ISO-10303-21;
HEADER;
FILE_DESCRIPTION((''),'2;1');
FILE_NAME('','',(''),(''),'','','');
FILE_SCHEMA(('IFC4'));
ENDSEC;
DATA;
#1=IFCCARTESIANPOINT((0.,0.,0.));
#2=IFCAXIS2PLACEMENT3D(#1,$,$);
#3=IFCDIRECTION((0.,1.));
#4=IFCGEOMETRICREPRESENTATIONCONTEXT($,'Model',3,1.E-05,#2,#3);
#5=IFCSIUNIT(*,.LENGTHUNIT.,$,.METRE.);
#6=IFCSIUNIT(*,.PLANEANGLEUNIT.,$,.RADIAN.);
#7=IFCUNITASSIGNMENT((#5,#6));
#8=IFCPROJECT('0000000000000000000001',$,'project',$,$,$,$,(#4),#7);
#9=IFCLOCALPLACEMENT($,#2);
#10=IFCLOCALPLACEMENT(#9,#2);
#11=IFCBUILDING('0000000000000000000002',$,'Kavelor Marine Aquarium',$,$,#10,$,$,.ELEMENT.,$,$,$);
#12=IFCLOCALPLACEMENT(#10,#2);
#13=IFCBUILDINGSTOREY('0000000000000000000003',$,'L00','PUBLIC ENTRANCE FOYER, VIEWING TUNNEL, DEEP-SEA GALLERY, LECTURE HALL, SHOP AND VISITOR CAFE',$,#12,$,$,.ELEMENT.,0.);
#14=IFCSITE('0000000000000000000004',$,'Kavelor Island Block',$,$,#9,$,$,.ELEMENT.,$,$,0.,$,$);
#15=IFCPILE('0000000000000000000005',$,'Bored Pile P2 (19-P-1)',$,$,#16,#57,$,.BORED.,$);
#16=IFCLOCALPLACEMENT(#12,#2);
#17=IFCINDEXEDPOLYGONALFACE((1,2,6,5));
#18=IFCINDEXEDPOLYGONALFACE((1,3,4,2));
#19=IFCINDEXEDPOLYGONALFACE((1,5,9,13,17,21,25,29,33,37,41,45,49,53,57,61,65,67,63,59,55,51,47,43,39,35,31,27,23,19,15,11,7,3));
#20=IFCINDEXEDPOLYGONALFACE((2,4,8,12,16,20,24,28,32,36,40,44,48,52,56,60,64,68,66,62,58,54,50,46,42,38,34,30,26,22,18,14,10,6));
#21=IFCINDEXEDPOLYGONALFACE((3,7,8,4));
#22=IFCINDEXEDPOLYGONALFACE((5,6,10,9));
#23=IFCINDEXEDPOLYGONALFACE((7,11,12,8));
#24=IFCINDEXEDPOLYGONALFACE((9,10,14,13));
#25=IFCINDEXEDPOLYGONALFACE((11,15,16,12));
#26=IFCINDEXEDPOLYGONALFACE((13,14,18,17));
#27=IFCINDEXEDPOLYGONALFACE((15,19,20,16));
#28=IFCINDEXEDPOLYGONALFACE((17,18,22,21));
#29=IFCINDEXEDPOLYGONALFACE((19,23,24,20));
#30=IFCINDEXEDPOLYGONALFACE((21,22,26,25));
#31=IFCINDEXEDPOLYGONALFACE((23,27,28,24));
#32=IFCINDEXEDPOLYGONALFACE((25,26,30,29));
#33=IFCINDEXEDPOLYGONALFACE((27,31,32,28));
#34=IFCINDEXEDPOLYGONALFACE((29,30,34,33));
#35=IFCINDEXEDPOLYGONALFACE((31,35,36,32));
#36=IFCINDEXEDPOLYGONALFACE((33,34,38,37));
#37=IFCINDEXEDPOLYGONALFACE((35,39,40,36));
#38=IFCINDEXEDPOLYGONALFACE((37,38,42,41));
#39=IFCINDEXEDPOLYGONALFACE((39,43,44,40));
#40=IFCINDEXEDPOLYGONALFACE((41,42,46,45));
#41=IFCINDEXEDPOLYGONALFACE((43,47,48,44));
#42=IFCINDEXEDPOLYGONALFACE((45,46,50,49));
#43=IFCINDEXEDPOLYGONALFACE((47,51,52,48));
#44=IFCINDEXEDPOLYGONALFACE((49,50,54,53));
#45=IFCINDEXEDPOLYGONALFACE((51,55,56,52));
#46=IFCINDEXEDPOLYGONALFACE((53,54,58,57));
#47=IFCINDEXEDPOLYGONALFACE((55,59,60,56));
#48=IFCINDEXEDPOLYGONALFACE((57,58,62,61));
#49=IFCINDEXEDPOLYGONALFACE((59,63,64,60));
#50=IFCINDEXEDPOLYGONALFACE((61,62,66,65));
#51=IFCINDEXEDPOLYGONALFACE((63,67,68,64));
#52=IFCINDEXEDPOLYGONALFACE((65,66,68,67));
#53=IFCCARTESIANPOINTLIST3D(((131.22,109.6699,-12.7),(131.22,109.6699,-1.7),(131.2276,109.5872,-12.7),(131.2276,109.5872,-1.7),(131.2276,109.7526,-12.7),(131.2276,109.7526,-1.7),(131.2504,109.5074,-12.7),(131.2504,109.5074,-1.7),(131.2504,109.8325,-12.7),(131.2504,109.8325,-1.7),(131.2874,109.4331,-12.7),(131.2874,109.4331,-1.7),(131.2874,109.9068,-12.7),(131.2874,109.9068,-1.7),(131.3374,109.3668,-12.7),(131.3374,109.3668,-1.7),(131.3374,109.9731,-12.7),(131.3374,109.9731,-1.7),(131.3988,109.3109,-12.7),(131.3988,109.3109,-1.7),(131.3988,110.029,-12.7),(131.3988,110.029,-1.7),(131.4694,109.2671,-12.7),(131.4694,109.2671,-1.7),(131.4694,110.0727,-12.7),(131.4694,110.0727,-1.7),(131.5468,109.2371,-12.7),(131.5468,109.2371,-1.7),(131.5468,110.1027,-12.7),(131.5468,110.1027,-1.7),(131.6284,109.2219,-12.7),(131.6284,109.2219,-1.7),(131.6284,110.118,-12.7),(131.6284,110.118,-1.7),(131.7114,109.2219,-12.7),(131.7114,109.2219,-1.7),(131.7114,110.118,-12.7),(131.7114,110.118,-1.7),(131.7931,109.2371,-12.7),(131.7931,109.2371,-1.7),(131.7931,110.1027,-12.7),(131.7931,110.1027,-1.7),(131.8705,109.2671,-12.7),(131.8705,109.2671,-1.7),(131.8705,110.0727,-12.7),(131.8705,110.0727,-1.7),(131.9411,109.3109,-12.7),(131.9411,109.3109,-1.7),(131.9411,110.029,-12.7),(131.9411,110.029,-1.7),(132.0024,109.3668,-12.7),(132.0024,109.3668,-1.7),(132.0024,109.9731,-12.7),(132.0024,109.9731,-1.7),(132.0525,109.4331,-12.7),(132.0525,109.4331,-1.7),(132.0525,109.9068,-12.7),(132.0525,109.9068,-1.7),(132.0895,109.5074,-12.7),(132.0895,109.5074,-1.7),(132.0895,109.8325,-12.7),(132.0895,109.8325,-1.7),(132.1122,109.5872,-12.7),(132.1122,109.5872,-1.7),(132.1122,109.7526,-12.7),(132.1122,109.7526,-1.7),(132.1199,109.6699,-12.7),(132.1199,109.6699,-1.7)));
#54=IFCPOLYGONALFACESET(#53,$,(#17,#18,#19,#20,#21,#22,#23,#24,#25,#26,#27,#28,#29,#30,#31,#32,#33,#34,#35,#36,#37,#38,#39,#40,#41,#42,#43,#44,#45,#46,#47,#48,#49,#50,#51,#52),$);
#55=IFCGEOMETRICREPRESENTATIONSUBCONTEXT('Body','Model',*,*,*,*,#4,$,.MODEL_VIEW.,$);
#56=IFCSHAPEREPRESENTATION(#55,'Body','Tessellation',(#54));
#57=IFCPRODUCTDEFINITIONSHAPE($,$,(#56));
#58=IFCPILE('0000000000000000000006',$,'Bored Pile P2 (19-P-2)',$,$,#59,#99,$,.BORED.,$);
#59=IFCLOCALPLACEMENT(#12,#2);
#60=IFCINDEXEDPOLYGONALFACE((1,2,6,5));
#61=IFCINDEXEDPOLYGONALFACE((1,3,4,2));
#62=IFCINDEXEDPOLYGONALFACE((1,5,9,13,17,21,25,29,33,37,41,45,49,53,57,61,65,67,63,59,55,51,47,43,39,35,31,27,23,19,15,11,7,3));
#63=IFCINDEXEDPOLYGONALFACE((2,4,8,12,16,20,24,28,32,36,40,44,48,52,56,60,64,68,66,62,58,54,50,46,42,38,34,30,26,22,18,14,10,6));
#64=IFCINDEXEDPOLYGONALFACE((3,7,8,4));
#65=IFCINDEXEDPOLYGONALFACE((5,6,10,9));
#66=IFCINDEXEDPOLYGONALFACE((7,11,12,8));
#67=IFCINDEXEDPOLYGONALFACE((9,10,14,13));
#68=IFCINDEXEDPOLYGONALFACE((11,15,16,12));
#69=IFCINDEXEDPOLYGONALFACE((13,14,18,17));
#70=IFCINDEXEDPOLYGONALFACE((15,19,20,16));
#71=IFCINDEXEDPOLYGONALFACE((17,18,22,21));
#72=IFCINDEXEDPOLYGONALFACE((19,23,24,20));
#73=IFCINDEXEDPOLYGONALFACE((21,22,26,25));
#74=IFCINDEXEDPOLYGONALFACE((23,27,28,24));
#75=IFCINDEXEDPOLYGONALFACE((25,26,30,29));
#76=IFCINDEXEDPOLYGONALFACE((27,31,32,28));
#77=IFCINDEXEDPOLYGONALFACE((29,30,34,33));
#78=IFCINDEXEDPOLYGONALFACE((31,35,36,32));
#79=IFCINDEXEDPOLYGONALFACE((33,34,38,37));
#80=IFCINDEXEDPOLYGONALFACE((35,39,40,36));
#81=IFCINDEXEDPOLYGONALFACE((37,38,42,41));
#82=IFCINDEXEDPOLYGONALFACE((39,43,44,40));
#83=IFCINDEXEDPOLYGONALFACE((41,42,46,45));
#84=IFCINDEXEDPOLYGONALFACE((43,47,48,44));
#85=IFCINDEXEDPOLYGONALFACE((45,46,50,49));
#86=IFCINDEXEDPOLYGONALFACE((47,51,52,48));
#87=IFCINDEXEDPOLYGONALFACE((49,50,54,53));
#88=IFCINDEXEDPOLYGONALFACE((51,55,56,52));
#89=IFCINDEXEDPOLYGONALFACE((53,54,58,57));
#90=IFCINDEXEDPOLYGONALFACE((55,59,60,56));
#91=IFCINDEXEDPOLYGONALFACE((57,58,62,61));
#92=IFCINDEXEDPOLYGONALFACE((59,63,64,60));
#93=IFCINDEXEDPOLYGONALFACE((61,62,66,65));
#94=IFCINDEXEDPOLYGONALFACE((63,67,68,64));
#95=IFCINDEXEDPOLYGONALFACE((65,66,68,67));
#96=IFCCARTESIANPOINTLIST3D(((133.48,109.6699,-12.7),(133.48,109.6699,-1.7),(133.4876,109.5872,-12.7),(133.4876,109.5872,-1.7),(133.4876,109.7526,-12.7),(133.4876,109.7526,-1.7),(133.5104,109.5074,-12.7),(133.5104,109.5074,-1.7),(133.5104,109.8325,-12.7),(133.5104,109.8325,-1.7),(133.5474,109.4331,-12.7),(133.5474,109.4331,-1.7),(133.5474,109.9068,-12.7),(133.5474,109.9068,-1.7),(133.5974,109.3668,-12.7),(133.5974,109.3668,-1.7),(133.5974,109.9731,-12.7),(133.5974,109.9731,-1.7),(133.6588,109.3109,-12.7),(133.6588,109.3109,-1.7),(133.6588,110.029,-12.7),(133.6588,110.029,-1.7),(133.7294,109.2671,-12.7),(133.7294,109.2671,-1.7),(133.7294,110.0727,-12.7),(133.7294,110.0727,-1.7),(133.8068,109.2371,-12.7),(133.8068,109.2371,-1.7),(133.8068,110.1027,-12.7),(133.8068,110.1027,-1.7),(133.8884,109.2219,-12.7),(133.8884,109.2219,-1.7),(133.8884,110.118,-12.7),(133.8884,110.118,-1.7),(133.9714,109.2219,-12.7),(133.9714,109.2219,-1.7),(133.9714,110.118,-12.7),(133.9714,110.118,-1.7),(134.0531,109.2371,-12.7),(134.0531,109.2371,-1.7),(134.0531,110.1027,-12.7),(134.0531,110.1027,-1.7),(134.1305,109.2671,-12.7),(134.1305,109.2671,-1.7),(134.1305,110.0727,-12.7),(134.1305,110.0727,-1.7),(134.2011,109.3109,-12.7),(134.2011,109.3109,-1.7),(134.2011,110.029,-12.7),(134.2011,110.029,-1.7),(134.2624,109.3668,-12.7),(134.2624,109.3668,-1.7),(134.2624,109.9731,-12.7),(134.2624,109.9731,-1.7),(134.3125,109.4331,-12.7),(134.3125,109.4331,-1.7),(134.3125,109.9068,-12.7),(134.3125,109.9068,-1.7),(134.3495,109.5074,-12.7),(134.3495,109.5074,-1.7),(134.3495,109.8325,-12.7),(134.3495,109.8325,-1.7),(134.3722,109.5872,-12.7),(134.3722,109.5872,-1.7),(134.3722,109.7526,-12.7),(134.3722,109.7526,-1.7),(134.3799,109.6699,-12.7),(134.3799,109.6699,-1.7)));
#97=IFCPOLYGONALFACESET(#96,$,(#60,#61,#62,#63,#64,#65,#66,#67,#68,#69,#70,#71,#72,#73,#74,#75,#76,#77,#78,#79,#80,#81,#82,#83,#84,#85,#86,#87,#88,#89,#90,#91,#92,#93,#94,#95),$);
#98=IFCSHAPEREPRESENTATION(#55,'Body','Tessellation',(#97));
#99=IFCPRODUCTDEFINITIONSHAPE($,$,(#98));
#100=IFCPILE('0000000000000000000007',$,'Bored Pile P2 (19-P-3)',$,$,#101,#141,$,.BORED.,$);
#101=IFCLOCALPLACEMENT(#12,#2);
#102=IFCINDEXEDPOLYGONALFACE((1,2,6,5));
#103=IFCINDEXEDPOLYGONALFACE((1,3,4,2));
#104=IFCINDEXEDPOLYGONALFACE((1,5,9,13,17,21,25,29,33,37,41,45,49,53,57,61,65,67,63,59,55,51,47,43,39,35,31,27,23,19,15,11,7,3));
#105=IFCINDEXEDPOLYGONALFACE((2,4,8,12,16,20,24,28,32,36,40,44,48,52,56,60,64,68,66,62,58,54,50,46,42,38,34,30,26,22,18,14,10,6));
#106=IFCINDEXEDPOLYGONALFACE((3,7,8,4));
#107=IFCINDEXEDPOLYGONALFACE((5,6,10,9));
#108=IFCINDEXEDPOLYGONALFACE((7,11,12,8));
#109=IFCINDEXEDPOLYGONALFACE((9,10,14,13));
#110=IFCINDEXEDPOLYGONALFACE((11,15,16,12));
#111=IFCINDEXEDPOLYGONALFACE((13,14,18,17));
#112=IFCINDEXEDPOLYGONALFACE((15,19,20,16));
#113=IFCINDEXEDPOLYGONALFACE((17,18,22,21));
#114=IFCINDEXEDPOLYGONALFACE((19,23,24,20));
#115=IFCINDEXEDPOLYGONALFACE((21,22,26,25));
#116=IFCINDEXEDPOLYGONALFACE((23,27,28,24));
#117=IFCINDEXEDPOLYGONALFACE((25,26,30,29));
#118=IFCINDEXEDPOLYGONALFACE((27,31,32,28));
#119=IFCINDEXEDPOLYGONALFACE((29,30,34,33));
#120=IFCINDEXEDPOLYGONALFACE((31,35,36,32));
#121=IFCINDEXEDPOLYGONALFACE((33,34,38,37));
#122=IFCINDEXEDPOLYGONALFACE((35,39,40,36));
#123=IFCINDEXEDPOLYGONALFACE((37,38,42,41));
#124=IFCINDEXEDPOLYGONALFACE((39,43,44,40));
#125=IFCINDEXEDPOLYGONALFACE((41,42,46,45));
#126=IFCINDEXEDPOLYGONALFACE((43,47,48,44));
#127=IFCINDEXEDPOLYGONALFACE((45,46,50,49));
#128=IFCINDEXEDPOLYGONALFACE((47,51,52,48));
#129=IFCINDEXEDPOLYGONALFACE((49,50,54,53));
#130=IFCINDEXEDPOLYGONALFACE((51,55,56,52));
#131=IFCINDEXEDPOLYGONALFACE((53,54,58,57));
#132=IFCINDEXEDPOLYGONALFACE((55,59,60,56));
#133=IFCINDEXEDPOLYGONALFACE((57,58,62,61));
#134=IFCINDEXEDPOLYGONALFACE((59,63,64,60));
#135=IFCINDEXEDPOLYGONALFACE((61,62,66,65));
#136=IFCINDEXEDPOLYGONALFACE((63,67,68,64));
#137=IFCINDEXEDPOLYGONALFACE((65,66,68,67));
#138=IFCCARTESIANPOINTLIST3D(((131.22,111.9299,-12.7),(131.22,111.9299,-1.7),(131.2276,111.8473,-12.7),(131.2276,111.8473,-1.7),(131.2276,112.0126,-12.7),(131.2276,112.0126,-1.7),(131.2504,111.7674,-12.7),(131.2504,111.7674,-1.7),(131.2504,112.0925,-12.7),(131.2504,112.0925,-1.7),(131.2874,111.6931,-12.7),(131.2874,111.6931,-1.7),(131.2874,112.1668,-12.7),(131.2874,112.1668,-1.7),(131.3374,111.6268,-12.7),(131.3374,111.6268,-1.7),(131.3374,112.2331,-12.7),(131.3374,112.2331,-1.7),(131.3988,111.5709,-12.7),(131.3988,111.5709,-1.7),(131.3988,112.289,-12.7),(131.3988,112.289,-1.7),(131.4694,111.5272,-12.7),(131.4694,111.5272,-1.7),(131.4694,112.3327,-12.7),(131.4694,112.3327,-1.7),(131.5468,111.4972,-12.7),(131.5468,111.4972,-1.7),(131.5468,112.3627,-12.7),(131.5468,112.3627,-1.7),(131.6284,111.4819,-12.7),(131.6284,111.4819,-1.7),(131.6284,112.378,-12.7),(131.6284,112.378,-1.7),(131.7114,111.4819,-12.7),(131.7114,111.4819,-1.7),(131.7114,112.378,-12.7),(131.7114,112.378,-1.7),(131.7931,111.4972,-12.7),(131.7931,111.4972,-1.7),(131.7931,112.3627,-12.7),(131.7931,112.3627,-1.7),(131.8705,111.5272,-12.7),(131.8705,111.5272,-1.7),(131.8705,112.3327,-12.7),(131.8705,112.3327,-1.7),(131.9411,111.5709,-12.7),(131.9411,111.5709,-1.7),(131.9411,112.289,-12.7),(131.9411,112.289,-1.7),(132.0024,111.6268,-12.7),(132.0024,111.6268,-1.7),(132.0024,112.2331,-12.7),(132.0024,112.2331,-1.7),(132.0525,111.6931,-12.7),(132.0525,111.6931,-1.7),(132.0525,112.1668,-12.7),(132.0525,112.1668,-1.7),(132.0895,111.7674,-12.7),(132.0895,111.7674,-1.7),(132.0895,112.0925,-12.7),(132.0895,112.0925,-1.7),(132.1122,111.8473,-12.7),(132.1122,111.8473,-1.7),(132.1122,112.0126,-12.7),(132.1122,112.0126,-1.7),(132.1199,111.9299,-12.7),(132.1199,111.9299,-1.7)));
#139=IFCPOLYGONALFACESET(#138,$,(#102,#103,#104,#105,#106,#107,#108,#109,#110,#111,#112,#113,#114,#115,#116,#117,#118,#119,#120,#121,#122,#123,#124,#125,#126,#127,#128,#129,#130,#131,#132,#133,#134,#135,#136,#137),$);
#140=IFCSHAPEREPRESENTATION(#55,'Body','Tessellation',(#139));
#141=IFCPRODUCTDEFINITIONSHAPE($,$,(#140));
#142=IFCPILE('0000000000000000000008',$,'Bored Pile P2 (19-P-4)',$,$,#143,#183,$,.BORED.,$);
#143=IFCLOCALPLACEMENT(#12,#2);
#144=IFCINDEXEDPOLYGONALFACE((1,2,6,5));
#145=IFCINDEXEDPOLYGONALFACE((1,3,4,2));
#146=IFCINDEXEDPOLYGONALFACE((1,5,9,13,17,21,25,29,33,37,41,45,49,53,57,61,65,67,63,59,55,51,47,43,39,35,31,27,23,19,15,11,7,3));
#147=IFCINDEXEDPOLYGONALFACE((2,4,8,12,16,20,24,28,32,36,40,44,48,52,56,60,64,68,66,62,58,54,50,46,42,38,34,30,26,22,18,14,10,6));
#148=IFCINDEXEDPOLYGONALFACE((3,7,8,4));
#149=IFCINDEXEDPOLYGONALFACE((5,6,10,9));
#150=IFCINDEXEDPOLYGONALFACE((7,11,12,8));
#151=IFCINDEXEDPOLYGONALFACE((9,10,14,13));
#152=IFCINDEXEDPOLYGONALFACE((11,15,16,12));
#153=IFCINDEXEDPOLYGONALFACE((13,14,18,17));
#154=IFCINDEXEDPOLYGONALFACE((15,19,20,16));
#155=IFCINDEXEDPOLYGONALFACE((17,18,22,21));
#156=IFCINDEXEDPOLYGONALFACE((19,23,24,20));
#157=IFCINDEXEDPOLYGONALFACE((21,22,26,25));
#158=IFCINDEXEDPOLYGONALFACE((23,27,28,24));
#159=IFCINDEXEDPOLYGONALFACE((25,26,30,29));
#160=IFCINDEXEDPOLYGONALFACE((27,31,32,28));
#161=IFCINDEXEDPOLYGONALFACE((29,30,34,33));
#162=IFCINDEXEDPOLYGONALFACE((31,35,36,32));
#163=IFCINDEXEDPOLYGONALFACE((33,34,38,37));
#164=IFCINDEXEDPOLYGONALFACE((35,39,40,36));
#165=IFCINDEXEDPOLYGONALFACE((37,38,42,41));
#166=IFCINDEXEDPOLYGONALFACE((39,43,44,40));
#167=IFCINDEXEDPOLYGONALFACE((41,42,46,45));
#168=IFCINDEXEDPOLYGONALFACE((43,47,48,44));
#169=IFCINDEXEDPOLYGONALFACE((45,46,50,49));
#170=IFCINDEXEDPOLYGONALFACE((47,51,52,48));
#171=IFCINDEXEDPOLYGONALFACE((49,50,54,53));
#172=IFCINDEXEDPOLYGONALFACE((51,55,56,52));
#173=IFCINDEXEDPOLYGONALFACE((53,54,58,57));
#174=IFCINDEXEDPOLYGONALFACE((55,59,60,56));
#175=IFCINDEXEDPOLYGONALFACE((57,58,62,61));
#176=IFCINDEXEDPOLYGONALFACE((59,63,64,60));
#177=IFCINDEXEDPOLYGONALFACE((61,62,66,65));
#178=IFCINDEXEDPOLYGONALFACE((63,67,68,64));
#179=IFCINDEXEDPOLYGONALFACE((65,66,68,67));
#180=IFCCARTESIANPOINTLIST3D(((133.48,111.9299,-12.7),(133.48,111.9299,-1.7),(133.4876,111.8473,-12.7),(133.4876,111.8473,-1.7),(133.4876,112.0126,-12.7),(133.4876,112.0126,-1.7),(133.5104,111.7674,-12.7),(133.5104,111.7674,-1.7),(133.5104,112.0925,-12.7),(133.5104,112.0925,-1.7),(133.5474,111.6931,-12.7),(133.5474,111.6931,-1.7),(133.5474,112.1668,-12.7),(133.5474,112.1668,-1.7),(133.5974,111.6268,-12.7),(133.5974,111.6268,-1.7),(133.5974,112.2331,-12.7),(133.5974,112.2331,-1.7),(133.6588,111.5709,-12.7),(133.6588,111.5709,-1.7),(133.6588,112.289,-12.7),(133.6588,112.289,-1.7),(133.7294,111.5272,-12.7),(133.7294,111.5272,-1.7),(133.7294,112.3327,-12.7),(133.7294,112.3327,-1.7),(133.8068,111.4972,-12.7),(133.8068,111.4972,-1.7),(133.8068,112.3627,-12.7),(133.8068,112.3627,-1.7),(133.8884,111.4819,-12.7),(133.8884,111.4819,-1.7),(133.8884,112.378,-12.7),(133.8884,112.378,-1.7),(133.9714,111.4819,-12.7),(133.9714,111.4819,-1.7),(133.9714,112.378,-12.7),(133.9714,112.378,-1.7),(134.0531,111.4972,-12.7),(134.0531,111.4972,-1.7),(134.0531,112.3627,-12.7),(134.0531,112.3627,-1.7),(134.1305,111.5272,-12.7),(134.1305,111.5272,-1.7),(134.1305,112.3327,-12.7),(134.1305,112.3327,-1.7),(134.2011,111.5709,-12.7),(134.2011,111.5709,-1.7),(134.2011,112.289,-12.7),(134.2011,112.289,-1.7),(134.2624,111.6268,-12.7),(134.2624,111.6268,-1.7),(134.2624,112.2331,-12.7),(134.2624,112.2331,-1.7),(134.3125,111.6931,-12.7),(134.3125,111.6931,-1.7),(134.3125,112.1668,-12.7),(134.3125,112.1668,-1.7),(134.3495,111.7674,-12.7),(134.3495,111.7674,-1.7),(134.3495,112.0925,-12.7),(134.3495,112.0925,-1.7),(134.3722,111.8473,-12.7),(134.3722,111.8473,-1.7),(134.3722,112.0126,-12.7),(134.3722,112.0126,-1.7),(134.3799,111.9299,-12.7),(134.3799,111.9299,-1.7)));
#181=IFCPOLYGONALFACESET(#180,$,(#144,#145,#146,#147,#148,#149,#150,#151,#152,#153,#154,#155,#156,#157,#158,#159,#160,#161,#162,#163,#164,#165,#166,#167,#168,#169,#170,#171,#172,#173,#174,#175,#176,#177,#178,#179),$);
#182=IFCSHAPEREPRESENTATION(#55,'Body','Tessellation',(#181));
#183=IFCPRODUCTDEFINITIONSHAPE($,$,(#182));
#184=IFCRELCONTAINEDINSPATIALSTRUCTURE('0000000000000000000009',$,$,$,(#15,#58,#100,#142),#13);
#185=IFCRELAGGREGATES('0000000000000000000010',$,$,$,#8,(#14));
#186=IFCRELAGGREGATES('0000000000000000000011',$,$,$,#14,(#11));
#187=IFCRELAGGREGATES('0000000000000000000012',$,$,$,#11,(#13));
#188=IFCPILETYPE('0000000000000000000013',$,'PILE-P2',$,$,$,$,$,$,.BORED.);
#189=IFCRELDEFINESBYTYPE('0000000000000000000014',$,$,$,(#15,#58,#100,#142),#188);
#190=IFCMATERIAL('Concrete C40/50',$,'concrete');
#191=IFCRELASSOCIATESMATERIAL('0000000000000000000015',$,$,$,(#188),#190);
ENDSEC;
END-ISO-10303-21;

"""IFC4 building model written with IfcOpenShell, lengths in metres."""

from ifc_helpers import new_model, si_unit, direction, frame, origin, origin_2d, place, context, subcontext, project, spatial, circle, extrude, material, material_profile, profile_set, type_object, element, save


model = new_model("IFC4")

# Units and contexts
model_context = context("Model", 3, precision=1e-05, world=origin(), true_north=direction((0.0, 1.0)))
body_context = subcontext(model_context, "Body", "Model", "MODEL_VIEW")
ifc_project = project(units=[si_unit("LENGTHUNIT", "METRE"), si_unit("PLANEANGLEUNIT", "RADIAN")], contexts=[model_context])

# Site, building, storey
site_placement = place(None, origin())
site = spatial("IfcSite", under=ifc_project, at=site_placement, Name="Kavelor Island Block", CompositionType="ELEMENT", RefElevation=0.0)
building_placement = place(site_placement, origin())
building = spatial("IfcBuilding", under=site, at=building_placement, Name="Kavelor Marine Aquarium", CompositionType="ELEMENT")
storey_placement = place(building_placement, origin())
storey = spatial("IfcBuildingStorey", under=building, at=storey_placement, Name="L00", Description="PUBLIC ENTRANCE FOYER, VIEWING TUNNEL, DEEP-SEA GALLERY, LECTURE HALL, SHOP AND VISITOR CAFE", CompositionType="ELEMENT", Elevation=0.0)

# Piles
ifc_material_1 = material(Name="Concrete C40/50", Category="concrete")
ifc_material_profile_1 = material_profile(ifc_material_1, circle(Radius=0.45, at=origin_2d()), Name="PILE D900")
ifc_profile_set_1 = profile_set([ifc_material_profile_1], Name="Concrete C40/50")
pile_type_1 = type_object("IfcPileType", Name="PILE-P2", PredefinedType="BORED", material=ifc_profile_set_1)
for number, where, z_axis, x_axis, name in (
    (1, (131.6699, 109.6699, -1.7), (0.0, 0.0, -1.0), (1.0, 0.0, 0.0), "Bored Pile P2 (19-P-1)"),
    (2, (133.9299, 109.6699, -1.7), (0.0, 0.0, -1.0), (1.0, 0.0, 0.0), "Bored Pile P2 (19-P-2)"),
    (3, (131.6699, 111.9299, -1.7), (0.0, 0.0, -1.0), (1.0, 0.0, 0.0), "Bored Pile P2 (19-P-3)"),
    (4, (133.9299, 111.9299, -1.7), (0.0, 0.0, -1.0), (1.0, 0.0, 0.0), "Bored Pile P2 (19-P-4)"),
):
    element("IfcPile", number, at=place(storey_placement, frame(where, z_axis=z_axis, x_axis=x_axis)), inside=storey, type_object=pile_type_1, Name=name, PredefinedType="BORED", context=body_context, shape_type="SweptSolid", body=[
        extrude(circle(Radius=0.45, at=origin_2d()), origin(), (0.0, 0.0, 1.0), 11.0),
    ])

save(model, "model.ifc")
